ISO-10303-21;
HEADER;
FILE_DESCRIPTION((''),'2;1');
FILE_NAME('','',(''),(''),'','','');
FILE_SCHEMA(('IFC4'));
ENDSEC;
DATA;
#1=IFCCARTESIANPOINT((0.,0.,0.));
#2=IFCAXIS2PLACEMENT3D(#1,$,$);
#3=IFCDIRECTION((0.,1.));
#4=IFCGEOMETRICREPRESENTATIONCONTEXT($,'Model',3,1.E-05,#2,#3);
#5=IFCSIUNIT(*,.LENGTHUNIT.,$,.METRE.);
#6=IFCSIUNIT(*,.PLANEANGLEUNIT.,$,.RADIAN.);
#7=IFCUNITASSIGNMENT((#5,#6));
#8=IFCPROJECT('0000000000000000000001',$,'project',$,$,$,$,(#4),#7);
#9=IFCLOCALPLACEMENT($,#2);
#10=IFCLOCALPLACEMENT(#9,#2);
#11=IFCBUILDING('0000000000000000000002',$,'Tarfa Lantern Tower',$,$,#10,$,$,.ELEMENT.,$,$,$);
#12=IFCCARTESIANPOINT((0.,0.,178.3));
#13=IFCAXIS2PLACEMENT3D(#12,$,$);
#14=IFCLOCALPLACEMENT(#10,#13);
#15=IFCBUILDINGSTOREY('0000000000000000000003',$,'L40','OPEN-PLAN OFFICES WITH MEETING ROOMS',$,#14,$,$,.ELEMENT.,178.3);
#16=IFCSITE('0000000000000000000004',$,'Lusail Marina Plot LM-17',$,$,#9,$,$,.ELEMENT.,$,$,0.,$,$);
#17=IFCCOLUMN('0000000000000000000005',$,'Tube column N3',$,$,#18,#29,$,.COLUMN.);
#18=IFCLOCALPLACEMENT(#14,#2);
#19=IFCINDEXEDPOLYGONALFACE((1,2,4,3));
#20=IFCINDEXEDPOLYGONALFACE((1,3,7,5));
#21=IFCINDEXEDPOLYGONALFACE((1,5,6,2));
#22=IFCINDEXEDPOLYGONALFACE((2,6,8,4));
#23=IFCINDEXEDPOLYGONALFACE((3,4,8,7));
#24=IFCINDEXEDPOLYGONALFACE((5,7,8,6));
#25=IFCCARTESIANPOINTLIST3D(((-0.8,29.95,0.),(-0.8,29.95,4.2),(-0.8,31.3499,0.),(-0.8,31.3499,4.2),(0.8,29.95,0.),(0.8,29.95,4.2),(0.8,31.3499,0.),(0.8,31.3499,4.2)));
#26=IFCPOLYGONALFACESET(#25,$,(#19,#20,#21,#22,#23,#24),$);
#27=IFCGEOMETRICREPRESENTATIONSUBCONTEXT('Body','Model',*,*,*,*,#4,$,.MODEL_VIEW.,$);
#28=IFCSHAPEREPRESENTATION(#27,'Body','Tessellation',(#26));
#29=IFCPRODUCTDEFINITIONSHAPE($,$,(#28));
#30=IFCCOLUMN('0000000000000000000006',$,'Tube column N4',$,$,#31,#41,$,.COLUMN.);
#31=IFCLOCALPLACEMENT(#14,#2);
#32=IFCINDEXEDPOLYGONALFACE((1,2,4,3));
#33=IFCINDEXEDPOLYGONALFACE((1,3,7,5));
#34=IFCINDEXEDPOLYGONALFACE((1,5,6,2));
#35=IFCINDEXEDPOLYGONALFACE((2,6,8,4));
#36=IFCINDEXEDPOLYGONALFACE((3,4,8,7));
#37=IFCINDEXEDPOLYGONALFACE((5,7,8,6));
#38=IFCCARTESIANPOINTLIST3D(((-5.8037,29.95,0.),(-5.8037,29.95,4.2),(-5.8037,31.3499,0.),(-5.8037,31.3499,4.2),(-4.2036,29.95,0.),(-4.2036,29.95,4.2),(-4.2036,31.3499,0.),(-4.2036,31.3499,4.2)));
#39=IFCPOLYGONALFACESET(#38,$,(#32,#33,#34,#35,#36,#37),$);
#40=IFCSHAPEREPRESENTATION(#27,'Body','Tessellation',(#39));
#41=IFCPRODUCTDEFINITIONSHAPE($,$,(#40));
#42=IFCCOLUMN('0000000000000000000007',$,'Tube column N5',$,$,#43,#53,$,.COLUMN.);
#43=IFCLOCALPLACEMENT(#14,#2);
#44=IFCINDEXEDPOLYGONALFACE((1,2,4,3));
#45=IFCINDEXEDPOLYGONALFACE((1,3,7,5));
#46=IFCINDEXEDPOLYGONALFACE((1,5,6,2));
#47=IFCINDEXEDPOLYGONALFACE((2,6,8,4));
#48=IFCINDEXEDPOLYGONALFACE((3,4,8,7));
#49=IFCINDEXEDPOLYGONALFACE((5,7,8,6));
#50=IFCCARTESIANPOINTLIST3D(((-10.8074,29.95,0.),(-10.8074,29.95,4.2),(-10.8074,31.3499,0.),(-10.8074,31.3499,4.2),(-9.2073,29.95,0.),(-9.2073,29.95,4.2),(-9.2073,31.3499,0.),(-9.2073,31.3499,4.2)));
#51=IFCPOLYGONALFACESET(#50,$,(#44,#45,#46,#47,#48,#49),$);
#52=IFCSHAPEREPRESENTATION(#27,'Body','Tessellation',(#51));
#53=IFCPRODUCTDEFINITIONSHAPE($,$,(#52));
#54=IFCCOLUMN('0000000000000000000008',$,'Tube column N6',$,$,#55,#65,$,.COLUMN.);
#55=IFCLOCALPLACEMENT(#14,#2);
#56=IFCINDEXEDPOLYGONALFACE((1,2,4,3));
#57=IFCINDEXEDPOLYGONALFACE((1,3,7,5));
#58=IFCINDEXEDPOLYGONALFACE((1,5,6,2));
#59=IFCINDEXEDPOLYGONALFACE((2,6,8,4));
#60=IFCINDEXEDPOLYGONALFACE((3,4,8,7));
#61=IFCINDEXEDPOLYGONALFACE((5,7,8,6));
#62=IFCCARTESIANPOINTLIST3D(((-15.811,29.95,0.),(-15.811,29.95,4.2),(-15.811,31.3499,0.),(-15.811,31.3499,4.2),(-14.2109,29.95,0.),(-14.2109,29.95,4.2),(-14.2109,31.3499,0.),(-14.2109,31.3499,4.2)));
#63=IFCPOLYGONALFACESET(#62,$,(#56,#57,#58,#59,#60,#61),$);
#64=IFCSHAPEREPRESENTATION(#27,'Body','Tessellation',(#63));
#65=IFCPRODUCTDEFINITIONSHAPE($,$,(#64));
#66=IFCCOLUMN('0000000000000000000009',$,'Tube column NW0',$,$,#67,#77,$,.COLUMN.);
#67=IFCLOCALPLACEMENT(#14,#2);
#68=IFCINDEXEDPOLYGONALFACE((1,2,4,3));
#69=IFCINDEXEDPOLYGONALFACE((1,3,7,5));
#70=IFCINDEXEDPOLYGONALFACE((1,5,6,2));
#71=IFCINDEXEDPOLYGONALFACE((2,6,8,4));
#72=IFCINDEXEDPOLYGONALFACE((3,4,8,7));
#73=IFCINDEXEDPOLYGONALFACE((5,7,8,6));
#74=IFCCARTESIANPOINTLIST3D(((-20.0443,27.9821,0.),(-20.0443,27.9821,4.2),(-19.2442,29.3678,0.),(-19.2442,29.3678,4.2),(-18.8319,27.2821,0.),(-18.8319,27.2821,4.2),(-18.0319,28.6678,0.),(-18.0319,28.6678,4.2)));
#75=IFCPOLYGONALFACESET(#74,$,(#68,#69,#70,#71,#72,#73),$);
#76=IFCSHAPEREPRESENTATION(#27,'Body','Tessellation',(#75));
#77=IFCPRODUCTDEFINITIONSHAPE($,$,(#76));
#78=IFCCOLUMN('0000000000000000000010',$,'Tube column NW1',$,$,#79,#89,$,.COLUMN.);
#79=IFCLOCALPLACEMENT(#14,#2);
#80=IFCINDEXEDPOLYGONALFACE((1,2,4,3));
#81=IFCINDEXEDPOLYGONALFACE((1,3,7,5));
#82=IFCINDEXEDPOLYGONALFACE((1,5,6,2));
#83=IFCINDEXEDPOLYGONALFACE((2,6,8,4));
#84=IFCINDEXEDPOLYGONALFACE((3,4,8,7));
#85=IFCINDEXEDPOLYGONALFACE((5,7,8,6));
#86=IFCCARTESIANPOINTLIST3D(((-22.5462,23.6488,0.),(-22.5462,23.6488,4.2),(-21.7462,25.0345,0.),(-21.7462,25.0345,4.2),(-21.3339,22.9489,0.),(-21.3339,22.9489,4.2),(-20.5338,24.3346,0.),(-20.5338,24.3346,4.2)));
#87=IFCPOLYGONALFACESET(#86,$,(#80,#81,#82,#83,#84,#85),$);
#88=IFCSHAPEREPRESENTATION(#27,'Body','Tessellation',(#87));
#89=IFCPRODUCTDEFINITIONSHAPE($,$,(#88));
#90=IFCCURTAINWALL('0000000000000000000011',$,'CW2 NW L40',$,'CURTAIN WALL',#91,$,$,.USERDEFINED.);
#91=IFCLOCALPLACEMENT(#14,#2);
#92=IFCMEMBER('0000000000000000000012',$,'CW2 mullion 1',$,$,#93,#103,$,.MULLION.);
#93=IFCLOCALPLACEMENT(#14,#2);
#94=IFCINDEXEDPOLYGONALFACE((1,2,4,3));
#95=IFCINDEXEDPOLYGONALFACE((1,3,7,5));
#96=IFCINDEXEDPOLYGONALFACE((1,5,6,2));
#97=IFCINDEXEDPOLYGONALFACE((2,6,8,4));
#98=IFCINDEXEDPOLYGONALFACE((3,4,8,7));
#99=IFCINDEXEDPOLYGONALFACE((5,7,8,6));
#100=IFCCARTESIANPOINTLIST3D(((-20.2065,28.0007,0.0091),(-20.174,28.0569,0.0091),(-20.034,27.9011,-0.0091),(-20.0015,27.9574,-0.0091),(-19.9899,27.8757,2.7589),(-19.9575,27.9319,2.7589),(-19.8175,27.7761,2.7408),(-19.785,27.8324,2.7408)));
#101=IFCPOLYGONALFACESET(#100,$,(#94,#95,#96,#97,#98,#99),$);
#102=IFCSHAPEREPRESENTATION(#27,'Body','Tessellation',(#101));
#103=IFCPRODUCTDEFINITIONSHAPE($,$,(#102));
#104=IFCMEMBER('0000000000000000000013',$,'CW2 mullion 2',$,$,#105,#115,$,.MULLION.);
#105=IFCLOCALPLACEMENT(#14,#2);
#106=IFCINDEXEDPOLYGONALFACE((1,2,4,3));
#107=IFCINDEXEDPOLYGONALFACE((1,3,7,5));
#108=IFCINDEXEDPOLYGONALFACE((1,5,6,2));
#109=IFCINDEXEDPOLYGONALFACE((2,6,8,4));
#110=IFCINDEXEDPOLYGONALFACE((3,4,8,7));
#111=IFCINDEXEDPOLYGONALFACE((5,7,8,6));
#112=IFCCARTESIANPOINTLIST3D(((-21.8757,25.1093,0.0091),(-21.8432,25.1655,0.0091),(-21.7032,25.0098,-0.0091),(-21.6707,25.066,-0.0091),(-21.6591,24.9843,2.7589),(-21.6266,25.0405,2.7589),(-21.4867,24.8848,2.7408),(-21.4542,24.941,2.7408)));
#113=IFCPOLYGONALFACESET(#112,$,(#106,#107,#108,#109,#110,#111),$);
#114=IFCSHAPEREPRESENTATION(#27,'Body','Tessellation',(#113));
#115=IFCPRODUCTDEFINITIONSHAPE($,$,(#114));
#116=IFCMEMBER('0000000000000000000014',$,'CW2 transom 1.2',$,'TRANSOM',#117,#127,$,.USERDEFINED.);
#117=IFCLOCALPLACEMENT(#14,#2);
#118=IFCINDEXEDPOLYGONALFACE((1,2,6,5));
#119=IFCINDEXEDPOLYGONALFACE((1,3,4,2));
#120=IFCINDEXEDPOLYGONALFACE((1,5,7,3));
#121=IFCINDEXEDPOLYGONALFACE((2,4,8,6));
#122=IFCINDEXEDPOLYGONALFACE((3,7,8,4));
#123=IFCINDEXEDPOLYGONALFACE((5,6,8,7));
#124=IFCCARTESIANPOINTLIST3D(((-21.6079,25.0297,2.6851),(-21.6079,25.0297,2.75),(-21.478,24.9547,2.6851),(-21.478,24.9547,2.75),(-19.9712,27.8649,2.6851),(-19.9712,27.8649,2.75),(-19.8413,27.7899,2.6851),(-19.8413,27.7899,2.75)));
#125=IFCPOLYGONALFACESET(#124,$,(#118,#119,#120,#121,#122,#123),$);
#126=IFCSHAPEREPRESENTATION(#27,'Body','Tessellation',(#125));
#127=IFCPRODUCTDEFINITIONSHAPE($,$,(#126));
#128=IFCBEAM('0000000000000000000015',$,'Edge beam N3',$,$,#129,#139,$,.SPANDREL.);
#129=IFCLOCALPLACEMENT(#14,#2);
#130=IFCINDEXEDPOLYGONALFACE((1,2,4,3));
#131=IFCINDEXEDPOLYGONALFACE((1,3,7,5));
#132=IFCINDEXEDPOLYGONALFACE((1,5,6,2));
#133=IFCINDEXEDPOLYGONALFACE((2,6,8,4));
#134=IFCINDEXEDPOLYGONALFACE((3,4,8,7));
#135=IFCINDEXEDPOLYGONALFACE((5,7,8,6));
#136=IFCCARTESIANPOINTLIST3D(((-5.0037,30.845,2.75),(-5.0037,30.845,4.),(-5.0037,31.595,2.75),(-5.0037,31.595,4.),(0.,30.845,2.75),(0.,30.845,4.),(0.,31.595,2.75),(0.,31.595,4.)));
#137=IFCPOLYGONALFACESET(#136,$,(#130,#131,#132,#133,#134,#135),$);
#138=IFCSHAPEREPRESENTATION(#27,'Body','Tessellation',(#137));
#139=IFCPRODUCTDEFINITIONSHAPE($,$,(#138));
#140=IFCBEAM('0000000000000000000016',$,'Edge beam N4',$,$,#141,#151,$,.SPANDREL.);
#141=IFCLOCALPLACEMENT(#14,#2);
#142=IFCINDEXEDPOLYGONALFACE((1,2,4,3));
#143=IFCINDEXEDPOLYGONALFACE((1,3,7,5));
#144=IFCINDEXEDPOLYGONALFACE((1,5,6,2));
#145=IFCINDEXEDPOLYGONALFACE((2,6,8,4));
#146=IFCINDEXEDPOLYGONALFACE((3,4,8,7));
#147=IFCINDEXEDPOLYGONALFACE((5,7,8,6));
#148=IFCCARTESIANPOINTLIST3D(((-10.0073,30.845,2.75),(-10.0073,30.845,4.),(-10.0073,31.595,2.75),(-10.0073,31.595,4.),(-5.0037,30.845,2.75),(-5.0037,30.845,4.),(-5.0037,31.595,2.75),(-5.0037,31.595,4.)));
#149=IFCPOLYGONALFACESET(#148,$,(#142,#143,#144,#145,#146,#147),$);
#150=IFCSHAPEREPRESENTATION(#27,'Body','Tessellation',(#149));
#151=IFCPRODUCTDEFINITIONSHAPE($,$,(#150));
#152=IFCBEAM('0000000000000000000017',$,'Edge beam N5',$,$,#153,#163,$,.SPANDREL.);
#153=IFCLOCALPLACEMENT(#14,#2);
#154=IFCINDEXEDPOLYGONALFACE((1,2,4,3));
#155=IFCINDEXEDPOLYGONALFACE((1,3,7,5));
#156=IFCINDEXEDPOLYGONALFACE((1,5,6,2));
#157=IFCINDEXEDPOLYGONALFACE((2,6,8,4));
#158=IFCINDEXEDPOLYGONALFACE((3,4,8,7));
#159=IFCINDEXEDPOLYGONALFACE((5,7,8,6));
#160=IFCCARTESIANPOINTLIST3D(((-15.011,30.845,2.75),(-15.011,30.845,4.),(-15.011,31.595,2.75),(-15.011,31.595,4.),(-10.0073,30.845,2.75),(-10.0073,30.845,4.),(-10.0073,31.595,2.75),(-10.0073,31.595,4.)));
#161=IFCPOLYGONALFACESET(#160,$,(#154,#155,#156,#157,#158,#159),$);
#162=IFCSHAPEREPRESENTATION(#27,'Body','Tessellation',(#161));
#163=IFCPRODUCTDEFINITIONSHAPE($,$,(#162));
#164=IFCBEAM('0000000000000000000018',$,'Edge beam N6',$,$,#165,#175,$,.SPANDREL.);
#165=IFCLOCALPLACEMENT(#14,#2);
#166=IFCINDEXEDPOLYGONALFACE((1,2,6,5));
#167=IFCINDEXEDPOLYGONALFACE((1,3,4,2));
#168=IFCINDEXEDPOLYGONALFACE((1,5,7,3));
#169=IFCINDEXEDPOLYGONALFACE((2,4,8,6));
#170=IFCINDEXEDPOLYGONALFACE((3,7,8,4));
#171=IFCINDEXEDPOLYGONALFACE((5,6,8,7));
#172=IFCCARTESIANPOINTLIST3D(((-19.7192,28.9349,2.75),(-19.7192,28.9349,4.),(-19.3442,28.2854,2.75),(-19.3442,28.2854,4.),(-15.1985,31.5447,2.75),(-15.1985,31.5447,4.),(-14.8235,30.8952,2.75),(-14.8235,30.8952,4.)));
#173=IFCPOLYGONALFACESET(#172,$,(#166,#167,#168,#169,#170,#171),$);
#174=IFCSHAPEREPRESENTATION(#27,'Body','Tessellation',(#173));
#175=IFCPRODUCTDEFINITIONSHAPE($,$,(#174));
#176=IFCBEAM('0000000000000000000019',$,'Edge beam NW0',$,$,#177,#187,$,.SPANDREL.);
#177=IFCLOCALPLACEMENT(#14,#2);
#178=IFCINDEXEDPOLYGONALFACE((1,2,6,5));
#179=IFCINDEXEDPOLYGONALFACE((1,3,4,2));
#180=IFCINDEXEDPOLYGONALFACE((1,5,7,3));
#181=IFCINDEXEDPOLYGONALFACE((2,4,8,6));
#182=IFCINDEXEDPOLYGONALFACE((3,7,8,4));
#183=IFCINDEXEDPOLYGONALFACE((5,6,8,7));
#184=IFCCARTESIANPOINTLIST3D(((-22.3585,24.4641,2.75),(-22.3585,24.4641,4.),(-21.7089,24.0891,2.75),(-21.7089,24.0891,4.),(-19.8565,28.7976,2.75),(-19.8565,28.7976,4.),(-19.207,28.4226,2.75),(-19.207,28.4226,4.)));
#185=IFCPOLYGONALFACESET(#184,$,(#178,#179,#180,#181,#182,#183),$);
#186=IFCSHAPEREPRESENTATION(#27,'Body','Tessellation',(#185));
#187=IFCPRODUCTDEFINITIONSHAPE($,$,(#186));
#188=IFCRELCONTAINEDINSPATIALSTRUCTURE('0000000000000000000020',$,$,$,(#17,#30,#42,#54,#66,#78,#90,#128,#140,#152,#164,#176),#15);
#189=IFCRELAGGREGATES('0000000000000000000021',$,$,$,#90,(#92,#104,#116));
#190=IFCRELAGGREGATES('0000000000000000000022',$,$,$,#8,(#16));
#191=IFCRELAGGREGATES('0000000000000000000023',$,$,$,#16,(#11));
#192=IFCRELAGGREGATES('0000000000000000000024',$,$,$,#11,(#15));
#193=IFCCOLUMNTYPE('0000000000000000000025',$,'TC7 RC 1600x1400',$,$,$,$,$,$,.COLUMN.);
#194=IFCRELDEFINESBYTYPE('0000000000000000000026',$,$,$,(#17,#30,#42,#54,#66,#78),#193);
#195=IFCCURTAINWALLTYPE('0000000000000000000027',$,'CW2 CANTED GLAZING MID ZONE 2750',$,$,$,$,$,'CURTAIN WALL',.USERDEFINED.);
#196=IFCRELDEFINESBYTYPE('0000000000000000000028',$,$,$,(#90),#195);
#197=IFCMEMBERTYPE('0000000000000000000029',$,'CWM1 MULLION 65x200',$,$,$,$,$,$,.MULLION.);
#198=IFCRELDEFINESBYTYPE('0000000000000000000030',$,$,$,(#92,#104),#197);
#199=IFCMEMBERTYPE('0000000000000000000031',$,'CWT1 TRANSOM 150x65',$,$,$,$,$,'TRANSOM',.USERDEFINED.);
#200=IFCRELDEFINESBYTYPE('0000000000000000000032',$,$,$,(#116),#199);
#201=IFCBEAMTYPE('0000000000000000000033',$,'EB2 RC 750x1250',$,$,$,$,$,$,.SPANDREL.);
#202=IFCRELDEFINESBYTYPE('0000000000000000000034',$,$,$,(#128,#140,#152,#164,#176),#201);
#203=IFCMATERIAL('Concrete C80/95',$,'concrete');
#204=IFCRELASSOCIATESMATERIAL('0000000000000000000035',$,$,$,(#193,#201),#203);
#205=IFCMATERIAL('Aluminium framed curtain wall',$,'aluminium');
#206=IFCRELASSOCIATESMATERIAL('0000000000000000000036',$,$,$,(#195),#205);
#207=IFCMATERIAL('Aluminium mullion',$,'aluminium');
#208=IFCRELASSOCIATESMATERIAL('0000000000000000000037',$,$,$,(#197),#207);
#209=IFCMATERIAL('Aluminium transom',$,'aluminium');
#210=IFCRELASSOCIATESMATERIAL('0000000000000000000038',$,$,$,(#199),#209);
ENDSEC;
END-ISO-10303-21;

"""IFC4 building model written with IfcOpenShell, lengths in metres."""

from ifc_helpers import new_model, si_unit, direction, frame, origin, origin_2d, place, context, subcontext, project, spatial, rectangle, extrude, material, material_profile, profile_set, type_object, element, aggregate, save


model = new_model("IFC4")

# Units and contexts
model_context = context("Model", 3, precision=1e-05, world=origin(), true_north=direction((0.0, 1.0)))
body_context = subcontext(model_context, "Body", "Model", "MODEL_VIEW")
ifc_project = project(units=[si_unit("LENGTHUNIT", "METRE"), si_unit("PLANEANGLEUNIT", "RADIAN")], contexts=[model_context])

# Site, building, storey
site_placement = place(None, origin())
site = spatial("IfcSite", under=ifc_project, at=site_placement, Name="Lusail Marina Plot LM-17", CompositionType="ELEMENT", RefElevation=0.0)
building_placement = place(site_placement, origin())
building = spatial("IfcBuilding", under=site, at=building_placement, Name="Tarfa Lantern Tower", CompositionType="ELEMENT")
storey_placement = place(building_placement, frame((0.0, 0.0, 178.3)))
storey = spatial("IfcBuildingStorey", under=building, at=storey_placement, Name="L40", Description="OPEN-PLAN OFFICES WITH MEETING ROOMS", CompositionType="ELEMENT", Elevation=178.3)

# Columns
ifc_material_1 = material(Name="Concrete C80/95", Category="concrete")
ifc_material_profile_1 = material_profile(ifc_material_1, rectangle(XDim=1.6001, YDim=1.3999, at=origin_2d()), Name="RC 1600x1400")
ifc_profile_set_1 = profile_set([ifc_material_profile_1], Name="Concrete C80/95")
column_type = type_object("IfcColumnType", Name="TC7 RC 1600x1400", PredefinedType="COLUMN", material=ifc_profile_set_1)
for number, where, z_axis, x_axis, name in (
    (1, (0.0, 30.6499, 0.0), (0.0, 0.0, 1.0), (-1.0, 0.0, 0.0), "Tube column N3"),
    (2, (-5.0037, 30.6499, 0.0), (0.0, 0.0, 1.0), (-1.0, 0.0, 0.0), "Tube column N4"),
    (3, (-10.0073, 30.6499, 0.0), (0.0, 0.0, 1.0), (-1.0, 0.0, 0.0), "Tube column N5"),
    (4, (-15.011, 30.6499, 0.0), (0.0, 0.0, 1.0), (-1.0, 0.0, 0.0), "Tube column N6"),
    (5, (-19.0381, 28.325, 0.0), (0.0, 0.0, 1.0), (-0.5, -0.866025, 0.0), "Tube column NW0"),
    (6, (-21.54, 23.9917, 0.0), (0.0, 0.0, 1.0), (-0.5, -0.866025, 0.0), "Tube column NW1"),
):
    element("IfcColumn", number, at=place(storey_placement, frame(where, z_axis=z_axis, x_axis=x_axis)), inside=storey, type_object=column_type, Name=name, PredefinedType="COLUMN", context=body_context, shape_type="SweptSolid", body=[
        extrude(rectangle(XDim=1.6001, YDim=1.3999, at=origin_2d()), origin(), (0.0, 0.0, 1.0), 4.2),
    ])

# Curtain wall, members
ifc_material_2 = material(Name="Aluminium framed curtain wall", Category="aluminium")
curtain_wall_type = type_object("IfcCurtainWallType", Name="CW2 CANTED GLAZING MID ZONE 2750", ElementType="CURTAIN WALL", PredefinedType="USERDEFINED", material=ifc_material_2)
curtain_wall_placement = place(storey_placement, origin())
curtain_wall = element("IfcCurtainWall", 7, at=curtain_wall_placement, inside=storey, type_object=curtain_wall_type, Name="CW2 NW L40", ObjectType="CURTAIN WALL", PredefinedType="USERDEFINED")
ifc_material_3 = material(Name="Aluminium mullion", Category="aluminium")
ifc_material_profile_2 = material_profile(ifc_material_3, rectangle(XDim=0.0649, YDim=0.2, at=origin_2d()), Name="AL MULLION 65x200")
ifc_profile_set_2 = profile_set([ifc_material_profile_2], Name="Aluminium mullion")
member_type_1 = type_object("IfcMemberType", Name="CWM1 MULLION 65x200", PredefinedType="MULLION", material=ifc_profile_set_2)
member_1_placement = place(storey_placement, frame((-20.104, 27.979, 0.0), z_axis=(0.078423, -0.045268, 0.995892), x_axis=(0.49992, 0.866072, 0.0)))
member_1 = element("IfcMember", 8, at=member_1_placement, type_object=member_type_1, Name="CW2 mullion 1", PredefinedType="MULLION", context=body_context, shape_type="SweptSolid", body=[
    extrude(rectangle(XDim=0.0649, YDim=0.2, at=origin_2d()), origin(), (0.0, 0.0, 1.0), 2.7612),
])
member_2_placement = place(storey_placement, frame((-21.7732, 25.0876, 0.0), z_axis=(0.078423, -0.045268, 0.995892), x_axis=(0.49992, 0.866072, 0.0)))
member_2 = element("IfcMember", 9, at=member_2_placement, type_object=member_type_1, Name="CW2 mullion 2", PredefinedType="MULLION", context=body_context, shape_type="SweptSolid", body=[
    extrude(rectangle(XDim=0.0649, YDim=0.2, at=origin_2d()), origin(), (0.0, 0.0, 1.0), 2.7612),
])
ifc_material_4 = material(Name="Aluminium transom", Category="aluminium")
ifc_material_profile_3 = material_profile(ifc_material_4, rectangle(XDim=0.1499, YDim=0.0649, at=origin_2d()), Name="AL TRANSOM 150x65")
ifc_profile_set_3 = profile_set([ifc_material_profile_3], Name="Aluminium transom")
member_type_2 = type_object("IfcMemberType", Name="CWT1 TRANSOM 150x65", ElementType="TRANSOM", PredefinedType="USERDEFINED", material=ifc_profile_set_3)
member_3_placement = place(storey_placement, frame((-19.9062, 27.8274, 2.7175), z_axis=(-0.499957, -0.86605, 0.0), x_axis=(0.86605, -0.499957, 0.0)))
member_3 = element("IfcMember", 10, at=member_3_placement, type_object=member_type_2, Name="CW2 transom 1.2", ObjectType="TRANSOM", PredefinedType="USERDEFINED", context=body_context, shape_type="SweptSolid", body=[
    extrude(rectangle(XDim=0.1499, YDim=0.0649, at=origin_2d()), origin(), (0.0, 0.0, 1.0), 3.2737),
])

# Beams
ifc_material_profile_4 = material_profile(ifc_material_1, rectangle(XDim=0.75, YDim=1.25, at=origin_2d()), Name="RC 750x1250")
ifc_profile_set_4 = profile_set([ifc_material_profile_4], Name="Concrete C80/95")
beam_type_1 = type_object("IfcBeamType", Name="EB2 RC 750x1250", PredefinedType="SPANDREL", material=ifc_profile_set_4)
for number, where, z_axis, x_axis, name in (
    (11, (0.0, 31.22, 3.375), (-1.0, 0.0, 0.0), (0.0, -1.0, 0.0), "Edge beam N3"),
    (12, (-5.0037, 31.22, 3.375), (-1.0, 0.0, 0.0), (0.0, -1.0, 0.0), "Edge beam N4"),
    (13, (-10.0073, 31.22, 3.375), (-1.0, 0.0, 0.0), (0.0, -1.0, 0.0), "Edge beam N5"),
):
    element("IfcBeam", number, at=place(storey_placement, frame(where, z_axis=z_axis, x_axis=x_axis)), inside=storey, type_object=beam_type_1, Name=name, PredefinedType="SPANDREL", context=body_context, shape_type="SweptSolid", body=[
        extrude(rectangle(XDim=0.75, YDim=1.25, at=origin_2d()), origin(), (0.0, 0.0, 1.0), 5.0037),
    ])
beam_1_placement = place(storey_placement, frame((-15.011, 31.22, 3.375), z_axis=(-0.866042, -0.499972, 0.0), x_axis=(0.499972, -0.866042, 0.0)))
element("IfcBeam", 14, at=beam_1_placement, inside=storey, type_object=beam_type_1, Name="Edge beam N6", PredefinedType="SPANDREL", context=body_context, shape_type="SweptSolid", body=[
    extrude(rectangle(XDim=0.75, YDim=1.25, at=origin_2d()), origin(), (0.0, 0.0, 1.0), 5.22),
])
beam_2_placement = place(storey_placement, frame((-19.5317, 28.6101, 3.375), z_axis=(-0.500001, -0.866025, 0.0), x_axis=(0.866025, -0.500001, 0.0)))
element("IfcBeam", 15, at=beam_2_placement, inside=storey, type_object=beam_type_1, Name="Edge beam NW0", PredefinedType="SPANDREL", context=body_context, shape_type="SweptSolid", body=[
    extrude(rectangle(XDim=0.75, YDim=1.25, at=origin_2d()), origin(), (0.0, 0.0, 1.0), 5.0039),
])

aggregate(curtain_wall, [member_1, member_2, member_3])

save(model, "model.ifc")
